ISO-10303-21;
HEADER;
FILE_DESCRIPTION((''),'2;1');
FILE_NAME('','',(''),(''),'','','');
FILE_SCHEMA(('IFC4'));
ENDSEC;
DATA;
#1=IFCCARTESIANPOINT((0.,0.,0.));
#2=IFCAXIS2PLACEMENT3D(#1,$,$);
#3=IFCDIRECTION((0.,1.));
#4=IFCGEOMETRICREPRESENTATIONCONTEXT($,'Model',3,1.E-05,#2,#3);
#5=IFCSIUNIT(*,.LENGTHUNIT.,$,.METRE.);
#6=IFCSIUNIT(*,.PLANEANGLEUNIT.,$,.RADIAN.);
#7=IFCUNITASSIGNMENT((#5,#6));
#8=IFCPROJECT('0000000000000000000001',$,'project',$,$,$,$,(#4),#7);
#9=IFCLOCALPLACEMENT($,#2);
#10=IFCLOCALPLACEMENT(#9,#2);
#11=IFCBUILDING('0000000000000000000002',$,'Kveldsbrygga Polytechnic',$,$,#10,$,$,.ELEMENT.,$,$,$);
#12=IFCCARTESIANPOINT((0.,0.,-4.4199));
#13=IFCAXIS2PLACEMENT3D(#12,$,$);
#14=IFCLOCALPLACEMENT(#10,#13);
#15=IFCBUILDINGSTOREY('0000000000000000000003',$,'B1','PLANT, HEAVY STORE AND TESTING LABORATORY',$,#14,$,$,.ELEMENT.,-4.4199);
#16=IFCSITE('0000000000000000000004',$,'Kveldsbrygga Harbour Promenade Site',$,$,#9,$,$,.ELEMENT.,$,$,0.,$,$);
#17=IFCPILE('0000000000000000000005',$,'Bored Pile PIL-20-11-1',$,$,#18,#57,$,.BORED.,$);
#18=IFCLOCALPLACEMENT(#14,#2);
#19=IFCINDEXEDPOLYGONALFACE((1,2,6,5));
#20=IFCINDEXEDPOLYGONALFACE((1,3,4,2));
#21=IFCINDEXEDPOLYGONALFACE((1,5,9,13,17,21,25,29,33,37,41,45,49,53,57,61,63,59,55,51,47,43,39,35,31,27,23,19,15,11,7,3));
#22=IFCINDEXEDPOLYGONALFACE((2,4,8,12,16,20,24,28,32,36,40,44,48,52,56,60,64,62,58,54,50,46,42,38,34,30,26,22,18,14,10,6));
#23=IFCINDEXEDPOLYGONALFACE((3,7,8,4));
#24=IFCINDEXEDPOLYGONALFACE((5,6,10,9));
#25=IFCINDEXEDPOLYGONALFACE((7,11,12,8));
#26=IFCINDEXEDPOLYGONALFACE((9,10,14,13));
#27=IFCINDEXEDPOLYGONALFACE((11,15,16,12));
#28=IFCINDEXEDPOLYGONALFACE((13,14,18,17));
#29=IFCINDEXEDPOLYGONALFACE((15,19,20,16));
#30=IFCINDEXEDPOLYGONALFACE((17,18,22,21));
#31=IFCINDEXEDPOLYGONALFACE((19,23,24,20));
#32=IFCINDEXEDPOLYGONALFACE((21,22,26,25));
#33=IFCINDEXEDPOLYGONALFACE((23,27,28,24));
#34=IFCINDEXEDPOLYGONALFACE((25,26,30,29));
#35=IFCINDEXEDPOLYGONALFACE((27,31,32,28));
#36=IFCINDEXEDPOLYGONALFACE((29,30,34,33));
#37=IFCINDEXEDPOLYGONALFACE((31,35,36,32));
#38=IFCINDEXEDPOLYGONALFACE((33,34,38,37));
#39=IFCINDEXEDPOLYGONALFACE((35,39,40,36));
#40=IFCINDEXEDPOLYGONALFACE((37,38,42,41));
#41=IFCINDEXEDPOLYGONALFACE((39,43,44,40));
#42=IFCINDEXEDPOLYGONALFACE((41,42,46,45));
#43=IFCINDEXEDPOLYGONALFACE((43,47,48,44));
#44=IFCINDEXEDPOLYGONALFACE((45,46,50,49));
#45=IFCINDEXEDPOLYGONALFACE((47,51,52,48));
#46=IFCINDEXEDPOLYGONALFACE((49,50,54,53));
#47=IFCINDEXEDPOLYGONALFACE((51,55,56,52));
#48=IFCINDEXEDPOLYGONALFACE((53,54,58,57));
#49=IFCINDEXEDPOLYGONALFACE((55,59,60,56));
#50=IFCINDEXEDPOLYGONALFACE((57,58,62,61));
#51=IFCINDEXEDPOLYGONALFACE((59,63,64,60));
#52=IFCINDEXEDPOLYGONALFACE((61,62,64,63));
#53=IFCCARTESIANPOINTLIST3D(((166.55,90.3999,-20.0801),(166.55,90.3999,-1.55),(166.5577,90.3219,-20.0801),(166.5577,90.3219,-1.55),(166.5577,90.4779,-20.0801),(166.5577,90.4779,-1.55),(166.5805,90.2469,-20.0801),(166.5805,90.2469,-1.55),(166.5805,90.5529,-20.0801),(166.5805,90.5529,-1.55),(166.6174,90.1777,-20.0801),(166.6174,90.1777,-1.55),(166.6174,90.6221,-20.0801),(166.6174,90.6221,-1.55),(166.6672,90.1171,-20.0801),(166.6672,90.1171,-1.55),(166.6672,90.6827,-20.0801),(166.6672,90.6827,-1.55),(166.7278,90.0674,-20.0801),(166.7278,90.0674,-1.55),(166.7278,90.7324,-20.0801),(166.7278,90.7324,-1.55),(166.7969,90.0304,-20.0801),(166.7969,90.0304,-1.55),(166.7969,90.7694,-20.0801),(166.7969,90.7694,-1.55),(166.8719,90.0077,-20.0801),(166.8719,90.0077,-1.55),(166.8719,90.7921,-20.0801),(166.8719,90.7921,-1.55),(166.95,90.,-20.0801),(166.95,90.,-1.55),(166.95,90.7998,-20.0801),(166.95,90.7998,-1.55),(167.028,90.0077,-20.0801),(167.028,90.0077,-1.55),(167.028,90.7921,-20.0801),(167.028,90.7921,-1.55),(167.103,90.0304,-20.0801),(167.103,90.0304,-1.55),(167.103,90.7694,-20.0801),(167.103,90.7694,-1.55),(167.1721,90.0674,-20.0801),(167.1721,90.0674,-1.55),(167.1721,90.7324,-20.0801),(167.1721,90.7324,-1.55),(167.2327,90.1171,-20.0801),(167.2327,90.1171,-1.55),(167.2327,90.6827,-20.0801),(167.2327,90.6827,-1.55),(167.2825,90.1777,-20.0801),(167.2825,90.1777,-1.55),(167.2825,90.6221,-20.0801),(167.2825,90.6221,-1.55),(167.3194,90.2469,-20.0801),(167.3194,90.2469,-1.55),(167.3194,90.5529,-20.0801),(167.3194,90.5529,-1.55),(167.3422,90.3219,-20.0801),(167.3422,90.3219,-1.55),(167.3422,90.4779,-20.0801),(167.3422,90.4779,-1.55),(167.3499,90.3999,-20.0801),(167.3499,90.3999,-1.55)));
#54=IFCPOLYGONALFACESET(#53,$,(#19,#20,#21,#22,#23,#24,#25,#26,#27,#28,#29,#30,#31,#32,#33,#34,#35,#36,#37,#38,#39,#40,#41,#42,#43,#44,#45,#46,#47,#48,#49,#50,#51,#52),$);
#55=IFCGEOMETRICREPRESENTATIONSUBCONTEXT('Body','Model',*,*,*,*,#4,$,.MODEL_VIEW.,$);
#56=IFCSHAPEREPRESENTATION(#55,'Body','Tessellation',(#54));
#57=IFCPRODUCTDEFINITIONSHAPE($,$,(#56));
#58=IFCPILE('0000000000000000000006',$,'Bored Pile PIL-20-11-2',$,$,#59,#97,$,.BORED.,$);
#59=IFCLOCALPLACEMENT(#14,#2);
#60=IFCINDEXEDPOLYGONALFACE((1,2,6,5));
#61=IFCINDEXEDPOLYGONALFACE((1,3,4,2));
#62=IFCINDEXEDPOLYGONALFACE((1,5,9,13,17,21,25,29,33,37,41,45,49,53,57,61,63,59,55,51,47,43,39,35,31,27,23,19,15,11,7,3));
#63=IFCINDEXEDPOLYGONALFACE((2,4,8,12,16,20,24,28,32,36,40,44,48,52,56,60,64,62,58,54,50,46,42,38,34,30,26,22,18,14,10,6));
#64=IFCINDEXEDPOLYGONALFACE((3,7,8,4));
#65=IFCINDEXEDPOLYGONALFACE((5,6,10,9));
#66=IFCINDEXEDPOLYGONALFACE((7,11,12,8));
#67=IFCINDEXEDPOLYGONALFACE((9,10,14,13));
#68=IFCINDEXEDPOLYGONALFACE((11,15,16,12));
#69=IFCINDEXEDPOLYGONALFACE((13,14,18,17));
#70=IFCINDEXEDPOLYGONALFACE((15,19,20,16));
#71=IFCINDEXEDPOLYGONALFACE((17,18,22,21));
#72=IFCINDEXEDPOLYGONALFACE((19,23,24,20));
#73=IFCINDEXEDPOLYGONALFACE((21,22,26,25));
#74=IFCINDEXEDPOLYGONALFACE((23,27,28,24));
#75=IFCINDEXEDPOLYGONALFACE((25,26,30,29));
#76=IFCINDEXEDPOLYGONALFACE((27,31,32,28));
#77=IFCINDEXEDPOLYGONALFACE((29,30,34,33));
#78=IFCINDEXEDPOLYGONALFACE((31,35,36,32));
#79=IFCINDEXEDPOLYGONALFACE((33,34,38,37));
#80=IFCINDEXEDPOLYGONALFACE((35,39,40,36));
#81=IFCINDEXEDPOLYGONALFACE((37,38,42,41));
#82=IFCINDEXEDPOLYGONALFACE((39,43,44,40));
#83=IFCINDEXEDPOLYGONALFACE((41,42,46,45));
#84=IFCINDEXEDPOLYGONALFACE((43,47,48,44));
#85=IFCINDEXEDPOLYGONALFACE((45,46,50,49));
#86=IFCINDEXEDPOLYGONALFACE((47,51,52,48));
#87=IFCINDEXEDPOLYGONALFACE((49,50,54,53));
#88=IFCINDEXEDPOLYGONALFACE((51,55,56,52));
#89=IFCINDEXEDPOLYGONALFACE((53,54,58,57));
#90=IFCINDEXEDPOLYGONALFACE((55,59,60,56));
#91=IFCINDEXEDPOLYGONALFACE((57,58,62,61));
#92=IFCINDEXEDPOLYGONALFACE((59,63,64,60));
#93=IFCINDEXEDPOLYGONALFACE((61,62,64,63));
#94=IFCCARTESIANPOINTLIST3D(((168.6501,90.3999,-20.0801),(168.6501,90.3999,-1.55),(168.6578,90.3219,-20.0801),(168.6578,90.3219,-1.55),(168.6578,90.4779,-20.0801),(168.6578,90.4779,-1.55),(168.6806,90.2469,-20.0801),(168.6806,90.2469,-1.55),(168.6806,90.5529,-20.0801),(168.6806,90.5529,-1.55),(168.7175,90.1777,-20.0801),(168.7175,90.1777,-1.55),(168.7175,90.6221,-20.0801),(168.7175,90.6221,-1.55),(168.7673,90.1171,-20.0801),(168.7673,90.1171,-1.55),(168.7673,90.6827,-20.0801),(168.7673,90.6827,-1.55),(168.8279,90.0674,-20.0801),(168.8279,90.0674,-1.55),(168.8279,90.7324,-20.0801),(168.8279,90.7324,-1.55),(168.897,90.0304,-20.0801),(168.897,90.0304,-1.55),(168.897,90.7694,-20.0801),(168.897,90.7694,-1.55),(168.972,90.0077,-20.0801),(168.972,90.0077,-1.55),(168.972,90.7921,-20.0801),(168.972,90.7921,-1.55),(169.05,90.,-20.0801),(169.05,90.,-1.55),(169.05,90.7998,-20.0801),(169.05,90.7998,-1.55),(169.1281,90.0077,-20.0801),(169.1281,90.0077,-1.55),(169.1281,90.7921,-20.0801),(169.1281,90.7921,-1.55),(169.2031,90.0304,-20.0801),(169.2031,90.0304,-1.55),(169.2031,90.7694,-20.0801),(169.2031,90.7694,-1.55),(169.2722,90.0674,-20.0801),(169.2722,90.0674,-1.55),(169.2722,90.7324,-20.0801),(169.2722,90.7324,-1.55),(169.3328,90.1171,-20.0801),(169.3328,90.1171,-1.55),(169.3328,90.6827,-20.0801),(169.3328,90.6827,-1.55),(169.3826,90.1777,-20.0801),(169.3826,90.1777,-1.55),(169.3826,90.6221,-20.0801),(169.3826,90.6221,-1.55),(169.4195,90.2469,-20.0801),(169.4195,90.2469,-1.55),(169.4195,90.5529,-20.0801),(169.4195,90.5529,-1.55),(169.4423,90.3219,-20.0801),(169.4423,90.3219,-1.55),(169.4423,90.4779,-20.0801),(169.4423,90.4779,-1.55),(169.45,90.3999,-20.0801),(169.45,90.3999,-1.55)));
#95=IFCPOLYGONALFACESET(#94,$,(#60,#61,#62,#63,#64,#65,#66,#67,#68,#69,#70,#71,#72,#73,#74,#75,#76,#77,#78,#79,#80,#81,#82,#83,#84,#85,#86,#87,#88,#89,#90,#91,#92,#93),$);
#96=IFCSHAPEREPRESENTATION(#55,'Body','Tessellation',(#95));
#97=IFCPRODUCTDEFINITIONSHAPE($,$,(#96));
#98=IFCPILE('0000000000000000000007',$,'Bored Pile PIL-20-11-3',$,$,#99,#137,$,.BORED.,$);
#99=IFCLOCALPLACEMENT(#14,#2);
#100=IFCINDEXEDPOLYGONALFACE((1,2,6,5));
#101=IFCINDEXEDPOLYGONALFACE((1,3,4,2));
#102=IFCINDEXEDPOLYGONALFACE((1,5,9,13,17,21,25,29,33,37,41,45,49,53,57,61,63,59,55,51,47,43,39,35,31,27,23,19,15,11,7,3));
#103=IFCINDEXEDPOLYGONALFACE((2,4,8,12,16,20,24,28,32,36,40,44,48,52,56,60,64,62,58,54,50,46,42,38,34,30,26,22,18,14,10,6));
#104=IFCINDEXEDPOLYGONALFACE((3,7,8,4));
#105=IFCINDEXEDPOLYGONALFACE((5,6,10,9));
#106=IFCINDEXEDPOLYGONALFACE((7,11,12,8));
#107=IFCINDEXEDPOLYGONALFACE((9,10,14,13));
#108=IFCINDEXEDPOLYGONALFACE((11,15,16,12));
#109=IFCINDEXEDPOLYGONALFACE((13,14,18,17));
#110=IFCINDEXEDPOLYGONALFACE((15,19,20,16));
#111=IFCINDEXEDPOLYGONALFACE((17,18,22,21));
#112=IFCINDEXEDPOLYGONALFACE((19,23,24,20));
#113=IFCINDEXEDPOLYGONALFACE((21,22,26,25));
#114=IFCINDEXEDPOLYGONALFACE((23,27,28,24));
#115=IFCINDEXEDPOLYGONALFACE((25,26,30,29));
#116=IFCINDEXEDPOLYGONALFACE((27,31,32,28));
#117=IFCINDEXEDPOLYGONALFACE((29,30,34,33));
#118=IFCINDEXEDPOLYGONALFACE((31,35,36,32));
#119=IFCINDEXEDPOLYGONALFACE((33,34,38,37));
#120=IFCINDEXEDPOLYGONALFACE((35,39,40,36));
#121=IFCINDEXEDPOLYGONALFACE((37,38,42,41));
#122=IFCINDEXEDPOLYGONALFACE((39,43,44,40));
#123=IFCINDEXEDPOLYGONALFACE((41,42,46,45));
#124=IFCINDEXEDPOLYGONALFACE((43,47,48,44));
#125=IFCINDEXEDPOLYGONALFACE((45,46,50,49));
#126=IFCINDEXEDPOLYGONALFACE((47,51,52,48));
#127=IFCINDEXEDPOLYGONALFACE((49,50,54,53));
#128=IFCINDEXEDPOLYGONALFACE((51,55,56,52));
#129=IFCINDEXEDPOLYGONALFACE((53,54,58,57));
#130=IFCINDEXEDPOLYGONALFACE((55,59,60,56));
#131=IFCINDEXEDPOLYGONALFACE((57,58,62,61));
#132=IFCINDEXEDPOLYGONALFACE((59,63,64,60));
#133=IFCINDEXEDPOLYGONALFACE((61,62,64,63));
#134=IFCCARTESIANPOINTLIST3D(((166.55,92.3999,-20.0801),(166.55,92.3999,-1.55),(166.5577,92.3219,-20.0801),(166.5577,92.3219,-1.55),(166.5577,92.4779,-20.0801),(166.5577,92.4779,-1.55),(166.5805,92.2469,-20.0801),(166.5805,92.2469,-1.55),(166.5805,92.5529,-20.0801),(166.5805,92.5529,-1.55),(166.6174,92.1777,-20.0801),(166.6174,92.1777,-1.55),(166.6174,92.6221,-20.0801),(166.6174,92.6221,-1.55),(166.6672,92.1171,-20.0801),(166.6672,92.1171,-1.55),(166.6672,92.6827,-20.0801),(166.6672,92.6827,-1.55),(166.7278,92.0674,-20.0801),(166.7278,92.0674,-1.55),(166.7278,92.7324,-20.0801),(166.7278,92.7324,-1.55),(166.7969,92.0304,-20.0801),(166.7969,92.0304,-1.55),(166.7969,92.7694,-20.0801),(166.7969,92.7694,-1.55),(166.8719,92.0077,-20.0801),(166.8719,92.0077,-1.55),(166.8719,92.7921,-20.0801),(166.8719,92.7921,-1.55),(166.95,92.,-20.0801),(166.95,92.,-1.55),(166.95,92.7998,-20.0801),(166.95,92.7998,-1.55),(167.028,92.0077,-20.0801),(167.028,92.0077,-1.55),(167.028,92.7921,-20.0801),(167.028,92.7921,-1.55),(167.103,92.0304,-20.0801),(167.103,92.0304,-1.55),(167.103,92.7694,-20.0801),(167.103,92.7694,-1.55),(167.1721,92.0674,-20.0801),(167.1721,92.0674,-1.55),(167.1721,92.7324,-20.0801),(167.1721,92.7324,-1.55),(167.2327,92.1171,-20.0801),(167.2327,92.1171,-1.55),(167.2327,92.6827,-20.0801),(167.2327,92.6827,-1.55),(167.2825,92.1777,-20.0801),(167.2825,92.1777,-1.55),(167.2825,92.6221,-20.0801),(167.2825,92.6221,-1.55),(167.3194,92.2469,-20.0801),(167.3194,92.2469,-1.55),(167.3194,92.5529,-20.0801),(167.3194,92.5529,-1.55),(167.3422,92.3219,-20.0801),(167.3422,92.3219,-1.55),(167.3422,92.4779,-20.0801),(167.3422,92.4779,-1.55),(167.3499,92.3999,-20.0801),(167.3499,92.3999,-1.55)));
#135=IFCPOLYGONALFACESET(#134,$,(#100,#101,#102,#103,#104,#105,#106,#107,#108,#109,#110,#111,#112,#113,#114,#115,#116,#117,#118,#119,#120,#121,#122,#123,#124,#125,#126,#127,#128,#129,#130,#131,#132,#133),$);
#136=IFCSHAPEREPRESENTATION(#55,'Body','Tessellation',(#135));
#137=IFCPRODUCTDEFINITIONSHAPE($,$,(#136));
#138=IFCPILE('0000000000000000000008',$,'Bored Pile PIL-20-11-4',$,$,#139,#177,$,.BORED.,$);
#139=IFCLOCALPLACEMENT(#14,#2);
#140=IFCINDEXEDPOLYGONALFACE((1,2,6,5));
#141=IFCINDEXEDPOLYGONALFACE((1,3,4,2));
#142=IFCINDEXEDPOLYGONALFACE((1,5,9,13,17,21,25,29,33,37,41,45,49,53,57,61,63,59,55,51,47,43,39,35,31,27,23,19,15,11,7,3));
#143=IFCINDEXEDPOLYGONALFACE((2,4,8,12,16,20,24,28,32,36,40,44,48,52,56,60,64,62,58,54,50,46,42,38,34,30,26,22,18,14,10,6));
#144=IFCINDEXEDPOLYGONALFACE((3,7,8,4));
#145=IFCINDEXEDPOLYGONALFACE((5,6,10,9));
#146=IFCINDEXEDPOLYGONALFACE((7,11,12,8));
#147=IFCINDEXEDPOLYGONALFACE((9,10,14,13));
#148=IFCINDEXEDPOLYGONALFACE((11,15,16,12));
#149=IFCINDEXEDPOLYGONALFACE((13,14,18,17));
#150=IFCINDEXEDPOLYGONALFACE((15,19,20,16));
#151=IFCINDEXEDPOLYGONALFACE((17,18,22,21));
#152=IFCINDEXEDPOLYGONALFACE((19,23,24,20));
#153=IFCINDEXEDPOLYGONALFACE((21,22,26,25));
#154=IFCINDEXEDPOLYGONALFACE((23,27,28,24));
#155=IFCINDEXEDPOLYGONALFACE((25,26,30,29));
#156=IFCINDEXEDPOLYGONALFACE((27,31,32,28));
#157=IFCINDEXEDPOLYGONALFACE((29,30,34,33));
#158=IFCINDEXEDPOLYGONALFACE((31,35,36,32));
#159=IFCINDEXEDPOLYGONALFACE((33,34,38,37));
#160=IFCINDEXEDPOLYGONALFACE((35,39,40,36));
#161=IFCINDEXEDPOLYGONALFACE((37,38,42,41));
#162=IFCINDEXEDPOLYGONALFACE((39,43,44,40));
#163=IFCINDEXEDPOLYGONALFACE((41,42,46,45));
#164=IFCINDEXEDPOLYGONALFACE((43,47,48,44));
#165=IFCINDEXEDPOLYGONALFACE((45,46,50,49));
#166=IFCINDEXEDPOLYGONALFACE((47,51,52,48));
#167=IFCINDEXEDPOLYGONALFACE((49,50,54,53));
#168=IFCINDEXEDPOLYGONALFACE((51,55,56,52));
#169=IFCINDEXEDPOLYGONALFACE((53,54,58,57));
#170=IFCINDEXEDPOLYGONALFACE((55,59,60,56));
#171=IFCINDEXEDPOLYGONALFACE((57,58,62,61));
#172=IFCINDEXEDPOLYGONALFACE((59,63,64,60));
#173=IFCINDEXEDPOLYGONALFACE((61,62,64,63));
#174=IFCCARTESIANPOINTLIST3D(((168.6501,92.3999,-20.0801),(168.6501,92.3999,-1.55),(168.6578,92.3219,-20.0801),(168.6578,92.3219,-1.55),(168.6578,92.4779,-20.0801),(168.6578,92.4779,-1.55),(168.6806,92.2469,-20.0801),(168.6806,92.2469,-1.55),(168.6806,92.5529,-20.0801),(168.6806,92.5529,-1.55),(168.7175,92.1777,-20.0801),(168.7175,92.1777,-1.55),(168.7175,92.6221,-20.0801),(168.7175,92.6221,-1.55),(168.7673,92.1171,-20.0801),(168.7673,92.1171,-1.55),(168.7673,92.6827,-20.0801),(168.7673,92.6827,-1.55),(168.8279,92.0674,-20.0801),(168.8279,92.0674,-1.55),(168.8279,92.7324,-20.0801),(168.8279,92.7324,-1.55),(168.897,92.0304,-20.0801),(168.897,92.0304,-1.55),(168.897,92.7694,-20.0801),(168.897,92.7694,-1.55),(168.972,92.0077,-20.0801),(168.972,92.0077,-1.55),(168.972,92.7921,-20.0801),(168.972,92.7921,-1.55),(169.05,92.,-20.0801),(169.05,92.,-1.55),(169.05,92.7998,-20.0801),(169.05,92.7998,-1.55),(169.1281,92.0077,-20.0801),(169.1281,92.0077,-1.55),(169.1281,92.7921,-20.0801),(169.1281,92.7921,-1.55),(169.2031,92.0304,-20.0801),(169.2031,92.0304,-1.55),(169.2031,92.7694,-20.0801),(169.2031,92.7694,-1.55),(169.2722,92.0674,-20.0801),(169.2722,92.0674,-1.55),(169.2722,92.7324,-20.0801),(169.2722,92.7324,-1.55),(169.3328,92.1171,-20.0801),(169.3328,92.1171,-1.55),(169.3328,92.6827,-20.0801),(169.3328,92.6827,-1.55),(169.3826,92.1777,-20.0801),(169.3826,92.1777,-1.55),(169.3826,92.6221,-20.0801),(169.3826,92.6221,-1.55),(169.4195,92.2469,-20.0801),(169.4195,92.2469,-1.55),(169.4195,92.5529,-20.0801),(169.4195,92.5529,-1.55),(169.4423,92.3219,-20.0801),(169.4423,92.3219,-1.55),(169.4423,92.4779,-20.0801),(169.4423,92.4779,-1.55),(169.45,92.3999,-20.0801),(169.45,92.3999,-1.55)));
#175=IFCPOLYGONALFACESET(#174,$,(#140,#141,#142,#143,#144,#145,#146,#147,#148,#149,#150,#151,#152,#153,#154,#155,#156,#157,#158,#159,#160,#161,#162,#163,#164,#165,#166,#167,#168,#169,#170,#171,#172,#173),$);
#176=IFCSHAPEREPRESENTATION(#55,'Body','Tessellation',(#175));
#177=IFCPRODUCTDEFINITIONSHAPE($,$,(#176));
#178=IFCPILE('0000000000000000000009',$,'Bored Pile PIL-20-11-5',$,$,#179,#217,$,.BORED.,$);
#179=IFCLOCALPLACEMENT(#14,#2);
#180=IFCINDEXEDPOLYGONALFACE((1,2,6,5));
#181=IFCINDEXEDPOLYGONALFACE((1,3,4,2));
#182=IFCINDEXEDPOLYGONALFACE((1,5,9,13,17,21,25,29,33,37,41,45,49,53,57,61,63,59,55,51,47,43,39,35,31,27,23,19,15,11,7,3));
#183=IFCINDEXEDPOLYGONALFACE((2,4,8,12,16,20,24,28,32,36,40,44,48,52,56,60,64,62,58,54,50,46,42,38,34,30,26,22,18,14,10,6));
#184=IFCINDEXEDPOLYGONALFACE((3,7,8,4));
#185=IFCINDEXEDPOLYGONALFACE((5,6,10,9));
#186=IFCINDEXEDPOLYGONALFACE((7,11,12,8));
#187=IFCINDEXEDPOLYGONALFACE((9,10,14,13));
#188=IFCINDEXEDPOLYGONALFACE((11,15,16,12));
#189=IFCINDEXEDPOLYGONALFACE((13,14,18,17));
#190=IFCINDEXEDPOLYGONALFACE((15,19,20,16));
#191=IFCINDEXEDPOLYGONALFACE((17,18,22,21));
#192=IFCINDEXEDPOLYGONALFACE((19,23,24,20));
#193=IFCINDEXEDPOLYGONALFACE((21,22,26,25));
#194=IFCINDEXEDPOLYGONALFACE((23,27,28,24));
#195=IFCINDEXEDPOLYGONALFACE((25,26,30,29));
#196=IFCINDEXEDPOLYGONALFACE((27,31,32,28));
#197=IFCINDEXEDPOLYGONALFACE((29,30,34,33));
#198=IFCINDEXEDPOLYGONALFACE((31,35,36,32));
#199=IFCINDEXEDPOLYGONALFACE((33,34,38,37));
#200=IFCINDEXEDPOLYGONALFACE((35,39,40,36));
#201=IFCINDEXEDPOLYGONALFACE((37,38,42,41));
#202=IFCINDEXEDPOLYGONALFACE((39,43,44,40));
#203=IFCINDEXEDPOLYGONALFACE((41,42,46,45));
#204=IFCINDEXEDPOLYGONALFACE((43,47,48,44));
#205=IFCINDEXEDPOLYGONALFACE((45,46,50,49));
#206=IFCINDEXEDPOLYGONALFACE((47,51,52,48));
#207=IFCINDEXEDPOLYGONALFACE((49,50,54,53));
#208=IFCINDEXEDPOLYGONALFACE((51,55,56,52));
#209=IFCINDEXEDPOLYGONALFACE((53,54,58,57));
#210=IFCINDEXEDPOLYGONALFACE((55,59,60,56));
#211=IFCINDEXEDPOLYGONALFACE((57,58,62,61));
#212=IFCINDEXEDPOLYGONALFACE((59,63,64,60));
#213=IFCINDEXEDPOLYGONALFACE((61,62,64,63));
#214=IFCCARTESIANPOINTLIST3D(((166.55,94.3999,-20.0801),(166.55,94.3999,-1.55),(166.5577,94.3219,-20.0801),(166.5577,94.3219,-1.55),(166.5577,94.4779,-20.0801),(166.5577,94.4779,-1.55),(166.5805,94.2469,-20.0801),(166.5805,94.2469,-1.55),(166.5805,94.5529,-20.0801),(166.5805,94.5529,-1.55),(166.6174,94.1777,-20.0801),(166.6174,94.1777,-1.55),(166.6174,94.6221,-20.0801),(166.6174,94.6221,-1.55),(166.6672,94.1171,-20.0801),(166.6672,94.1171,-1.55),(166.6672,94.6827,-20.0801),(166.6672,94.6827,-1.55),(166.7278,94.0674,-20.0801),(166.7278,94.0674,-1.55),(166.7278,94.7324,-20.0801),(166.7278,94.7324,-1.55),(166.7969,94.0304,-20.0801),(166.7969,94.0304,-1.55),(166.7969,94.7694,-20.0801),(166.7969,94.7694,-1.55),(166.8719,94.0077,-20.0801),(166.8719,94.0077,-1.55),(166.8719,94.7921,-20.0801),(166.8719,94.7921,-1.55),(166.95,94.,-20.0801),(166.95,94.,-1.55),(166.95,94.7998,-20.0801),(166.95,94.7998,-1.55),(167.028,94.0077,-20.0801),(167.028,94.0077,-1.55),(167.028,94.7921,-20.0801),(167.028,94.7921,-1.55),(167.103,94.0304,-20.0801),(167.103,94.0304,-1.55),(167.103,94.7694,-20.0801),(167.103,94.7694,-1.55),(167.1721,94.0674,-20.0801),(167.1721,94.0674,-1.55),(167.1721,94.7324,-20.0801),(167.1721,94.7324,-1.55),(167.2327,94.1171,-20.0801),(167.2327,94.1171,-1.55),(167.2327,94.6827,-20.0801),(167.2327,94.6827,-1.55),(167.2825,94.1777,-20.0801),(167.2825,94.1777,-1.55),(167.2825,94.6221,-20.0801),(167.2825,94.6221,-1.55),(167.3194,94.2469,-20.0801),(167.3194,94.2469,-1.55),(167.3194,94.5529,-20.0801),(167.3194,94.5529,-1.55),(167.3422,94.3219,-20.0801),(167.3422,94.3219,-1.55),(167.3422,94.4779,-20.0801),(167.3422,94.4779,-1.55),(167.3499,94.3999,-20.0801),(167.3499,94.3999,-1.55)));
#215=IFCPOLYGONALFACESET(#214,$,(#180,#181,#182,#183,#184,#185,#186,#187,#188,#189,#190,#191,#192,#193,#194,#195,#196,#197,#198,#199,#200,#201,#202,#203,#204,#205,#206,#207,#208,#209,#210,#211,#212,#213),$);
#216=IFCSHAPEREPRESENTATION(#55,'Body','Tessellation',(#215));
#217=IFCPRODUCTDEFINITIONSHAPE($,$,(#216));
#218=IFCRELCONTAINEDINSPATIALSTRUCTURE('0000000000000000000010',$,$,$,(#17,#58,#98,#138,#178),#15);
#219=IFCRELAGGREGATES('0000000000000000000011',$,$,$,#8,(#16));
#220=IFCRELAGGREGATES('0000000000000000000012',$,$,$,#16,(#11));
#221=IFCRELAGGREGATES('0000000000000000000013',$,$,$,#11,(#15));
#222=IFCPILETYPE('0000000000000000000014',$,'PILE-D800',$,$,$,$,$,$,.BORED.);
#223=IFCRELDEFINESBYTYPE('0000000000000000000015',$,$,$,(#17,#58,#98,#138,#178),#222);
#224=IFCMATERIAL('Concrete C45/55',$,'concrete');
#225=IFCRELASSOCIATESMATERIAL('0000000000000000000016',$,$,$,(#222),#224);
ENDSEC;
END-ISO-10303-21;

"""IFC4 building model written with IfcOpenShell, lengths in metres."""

from ifc_helpers import new_model, si_unit, direction, frame, origin, origin_2d, place, context, subcontext, project, spatial, circle, extrude, material, material_profile, profile_set, type_object, element, save


model = new_model("IFC4")

# Units and contexts
model_context = context("Model", 3, precision=1e-05, world=origin(), true_north=direction((0.0, 1.0)))
body_context = subcontext(model_context, "Body", "Model", "MODEL_VIEW")
ifc_project = project(units=[si_unit("LENGTHUNIT", "METRE"), si_unit("PLANEANGLEUNIT", "RADIAN")], contexts=[model_context])

# Site, building, storey
site_placement = place(None, origin())
site = spatial("IfcSite", under=ifc_project, at=site_placement, Name="Kveldsbrygga Harbour Promenade Site", CompositionType="ELEMENT", RefElevation=0.0)
building_placement = place(site_placement, origin())
building = spatial("IfcBuilding", under=site, at=building_placement, Name="Kveldsbrygga Polytechnic", CompositionType="ELEMENT")
storey_placement = place(building_placement, frame((0.0, 0.0, -4.4199)))
storey = spatial("IfcBuildingStorey", under=building, at=storey_placement, Name="B1", Description="PLANT, HEAVY STORE AND TESTING LABORATORY", CompositionType="ELEMENT", Elevation=-4.4199)

# Shared definitions
ifc_material_1 = material(Name="Concrete C45/55", Category="concrete")

# Piles
ifc_material_profile_1 = material_profile(ifc_material_1, circle(Radius=0.3999, at=origin_2d()), Name="PILE D800")
ifc_profile_set_1 = profile_set([ifc_material_profile_1], Name="Concrete C45/55")
pile_type = type_object("IfcPileType", Name="PILE-D800", PredefinedType="BORED", material=ifc_profile_set_1)
for number, where, z_axis, x_axis, name in (
    (1, (166.95, 90.3999, -1.55), (0.0, 0.0, -1.0), (1.0, 0.0, 0.0), "Bored Pile PIL-20-11-1"),
    (2, (169.05, 90.3999, -1.55), (0.0, 0.0, -1.0), (1.0, 0.0, 0.0), "Bored Pile PIL-20-11-2"),
    (3, (166.95, 92.3999, -1.55), (0.0, 0.0, -1.0), (1.0, 0.0, 0.0), "Bored Pile PIL-20-11-3"),
    (4, (169.05, 92.3999, -1.55), (0.0, 0.0, -1.0), (1.0, 0.0, 0.0), "Bored Pile PIL-20-11-4"),
    (5, (166.95, 94.3999, -1.55), (0.0, 0.0, -1.0), (1.0, 0.0, 0.0), "Bored Pile PIL-20-11-5"),
):
    element("IfcPile", number, at=place(storey_placement, frame(where, z_axis=z_axis, x_axis=x_axis)), inside=storey, type_object=pile_type, Name=name, PredefinedType="BORED", context=body_context, shape_type="SweptSolid", body=[
        extrude(circle(Radius=0.3999, at=origin_2d()), origin(), (0.0, 0.0, 1.0), 18.53),
    ])

save(model, "model.ifc")
